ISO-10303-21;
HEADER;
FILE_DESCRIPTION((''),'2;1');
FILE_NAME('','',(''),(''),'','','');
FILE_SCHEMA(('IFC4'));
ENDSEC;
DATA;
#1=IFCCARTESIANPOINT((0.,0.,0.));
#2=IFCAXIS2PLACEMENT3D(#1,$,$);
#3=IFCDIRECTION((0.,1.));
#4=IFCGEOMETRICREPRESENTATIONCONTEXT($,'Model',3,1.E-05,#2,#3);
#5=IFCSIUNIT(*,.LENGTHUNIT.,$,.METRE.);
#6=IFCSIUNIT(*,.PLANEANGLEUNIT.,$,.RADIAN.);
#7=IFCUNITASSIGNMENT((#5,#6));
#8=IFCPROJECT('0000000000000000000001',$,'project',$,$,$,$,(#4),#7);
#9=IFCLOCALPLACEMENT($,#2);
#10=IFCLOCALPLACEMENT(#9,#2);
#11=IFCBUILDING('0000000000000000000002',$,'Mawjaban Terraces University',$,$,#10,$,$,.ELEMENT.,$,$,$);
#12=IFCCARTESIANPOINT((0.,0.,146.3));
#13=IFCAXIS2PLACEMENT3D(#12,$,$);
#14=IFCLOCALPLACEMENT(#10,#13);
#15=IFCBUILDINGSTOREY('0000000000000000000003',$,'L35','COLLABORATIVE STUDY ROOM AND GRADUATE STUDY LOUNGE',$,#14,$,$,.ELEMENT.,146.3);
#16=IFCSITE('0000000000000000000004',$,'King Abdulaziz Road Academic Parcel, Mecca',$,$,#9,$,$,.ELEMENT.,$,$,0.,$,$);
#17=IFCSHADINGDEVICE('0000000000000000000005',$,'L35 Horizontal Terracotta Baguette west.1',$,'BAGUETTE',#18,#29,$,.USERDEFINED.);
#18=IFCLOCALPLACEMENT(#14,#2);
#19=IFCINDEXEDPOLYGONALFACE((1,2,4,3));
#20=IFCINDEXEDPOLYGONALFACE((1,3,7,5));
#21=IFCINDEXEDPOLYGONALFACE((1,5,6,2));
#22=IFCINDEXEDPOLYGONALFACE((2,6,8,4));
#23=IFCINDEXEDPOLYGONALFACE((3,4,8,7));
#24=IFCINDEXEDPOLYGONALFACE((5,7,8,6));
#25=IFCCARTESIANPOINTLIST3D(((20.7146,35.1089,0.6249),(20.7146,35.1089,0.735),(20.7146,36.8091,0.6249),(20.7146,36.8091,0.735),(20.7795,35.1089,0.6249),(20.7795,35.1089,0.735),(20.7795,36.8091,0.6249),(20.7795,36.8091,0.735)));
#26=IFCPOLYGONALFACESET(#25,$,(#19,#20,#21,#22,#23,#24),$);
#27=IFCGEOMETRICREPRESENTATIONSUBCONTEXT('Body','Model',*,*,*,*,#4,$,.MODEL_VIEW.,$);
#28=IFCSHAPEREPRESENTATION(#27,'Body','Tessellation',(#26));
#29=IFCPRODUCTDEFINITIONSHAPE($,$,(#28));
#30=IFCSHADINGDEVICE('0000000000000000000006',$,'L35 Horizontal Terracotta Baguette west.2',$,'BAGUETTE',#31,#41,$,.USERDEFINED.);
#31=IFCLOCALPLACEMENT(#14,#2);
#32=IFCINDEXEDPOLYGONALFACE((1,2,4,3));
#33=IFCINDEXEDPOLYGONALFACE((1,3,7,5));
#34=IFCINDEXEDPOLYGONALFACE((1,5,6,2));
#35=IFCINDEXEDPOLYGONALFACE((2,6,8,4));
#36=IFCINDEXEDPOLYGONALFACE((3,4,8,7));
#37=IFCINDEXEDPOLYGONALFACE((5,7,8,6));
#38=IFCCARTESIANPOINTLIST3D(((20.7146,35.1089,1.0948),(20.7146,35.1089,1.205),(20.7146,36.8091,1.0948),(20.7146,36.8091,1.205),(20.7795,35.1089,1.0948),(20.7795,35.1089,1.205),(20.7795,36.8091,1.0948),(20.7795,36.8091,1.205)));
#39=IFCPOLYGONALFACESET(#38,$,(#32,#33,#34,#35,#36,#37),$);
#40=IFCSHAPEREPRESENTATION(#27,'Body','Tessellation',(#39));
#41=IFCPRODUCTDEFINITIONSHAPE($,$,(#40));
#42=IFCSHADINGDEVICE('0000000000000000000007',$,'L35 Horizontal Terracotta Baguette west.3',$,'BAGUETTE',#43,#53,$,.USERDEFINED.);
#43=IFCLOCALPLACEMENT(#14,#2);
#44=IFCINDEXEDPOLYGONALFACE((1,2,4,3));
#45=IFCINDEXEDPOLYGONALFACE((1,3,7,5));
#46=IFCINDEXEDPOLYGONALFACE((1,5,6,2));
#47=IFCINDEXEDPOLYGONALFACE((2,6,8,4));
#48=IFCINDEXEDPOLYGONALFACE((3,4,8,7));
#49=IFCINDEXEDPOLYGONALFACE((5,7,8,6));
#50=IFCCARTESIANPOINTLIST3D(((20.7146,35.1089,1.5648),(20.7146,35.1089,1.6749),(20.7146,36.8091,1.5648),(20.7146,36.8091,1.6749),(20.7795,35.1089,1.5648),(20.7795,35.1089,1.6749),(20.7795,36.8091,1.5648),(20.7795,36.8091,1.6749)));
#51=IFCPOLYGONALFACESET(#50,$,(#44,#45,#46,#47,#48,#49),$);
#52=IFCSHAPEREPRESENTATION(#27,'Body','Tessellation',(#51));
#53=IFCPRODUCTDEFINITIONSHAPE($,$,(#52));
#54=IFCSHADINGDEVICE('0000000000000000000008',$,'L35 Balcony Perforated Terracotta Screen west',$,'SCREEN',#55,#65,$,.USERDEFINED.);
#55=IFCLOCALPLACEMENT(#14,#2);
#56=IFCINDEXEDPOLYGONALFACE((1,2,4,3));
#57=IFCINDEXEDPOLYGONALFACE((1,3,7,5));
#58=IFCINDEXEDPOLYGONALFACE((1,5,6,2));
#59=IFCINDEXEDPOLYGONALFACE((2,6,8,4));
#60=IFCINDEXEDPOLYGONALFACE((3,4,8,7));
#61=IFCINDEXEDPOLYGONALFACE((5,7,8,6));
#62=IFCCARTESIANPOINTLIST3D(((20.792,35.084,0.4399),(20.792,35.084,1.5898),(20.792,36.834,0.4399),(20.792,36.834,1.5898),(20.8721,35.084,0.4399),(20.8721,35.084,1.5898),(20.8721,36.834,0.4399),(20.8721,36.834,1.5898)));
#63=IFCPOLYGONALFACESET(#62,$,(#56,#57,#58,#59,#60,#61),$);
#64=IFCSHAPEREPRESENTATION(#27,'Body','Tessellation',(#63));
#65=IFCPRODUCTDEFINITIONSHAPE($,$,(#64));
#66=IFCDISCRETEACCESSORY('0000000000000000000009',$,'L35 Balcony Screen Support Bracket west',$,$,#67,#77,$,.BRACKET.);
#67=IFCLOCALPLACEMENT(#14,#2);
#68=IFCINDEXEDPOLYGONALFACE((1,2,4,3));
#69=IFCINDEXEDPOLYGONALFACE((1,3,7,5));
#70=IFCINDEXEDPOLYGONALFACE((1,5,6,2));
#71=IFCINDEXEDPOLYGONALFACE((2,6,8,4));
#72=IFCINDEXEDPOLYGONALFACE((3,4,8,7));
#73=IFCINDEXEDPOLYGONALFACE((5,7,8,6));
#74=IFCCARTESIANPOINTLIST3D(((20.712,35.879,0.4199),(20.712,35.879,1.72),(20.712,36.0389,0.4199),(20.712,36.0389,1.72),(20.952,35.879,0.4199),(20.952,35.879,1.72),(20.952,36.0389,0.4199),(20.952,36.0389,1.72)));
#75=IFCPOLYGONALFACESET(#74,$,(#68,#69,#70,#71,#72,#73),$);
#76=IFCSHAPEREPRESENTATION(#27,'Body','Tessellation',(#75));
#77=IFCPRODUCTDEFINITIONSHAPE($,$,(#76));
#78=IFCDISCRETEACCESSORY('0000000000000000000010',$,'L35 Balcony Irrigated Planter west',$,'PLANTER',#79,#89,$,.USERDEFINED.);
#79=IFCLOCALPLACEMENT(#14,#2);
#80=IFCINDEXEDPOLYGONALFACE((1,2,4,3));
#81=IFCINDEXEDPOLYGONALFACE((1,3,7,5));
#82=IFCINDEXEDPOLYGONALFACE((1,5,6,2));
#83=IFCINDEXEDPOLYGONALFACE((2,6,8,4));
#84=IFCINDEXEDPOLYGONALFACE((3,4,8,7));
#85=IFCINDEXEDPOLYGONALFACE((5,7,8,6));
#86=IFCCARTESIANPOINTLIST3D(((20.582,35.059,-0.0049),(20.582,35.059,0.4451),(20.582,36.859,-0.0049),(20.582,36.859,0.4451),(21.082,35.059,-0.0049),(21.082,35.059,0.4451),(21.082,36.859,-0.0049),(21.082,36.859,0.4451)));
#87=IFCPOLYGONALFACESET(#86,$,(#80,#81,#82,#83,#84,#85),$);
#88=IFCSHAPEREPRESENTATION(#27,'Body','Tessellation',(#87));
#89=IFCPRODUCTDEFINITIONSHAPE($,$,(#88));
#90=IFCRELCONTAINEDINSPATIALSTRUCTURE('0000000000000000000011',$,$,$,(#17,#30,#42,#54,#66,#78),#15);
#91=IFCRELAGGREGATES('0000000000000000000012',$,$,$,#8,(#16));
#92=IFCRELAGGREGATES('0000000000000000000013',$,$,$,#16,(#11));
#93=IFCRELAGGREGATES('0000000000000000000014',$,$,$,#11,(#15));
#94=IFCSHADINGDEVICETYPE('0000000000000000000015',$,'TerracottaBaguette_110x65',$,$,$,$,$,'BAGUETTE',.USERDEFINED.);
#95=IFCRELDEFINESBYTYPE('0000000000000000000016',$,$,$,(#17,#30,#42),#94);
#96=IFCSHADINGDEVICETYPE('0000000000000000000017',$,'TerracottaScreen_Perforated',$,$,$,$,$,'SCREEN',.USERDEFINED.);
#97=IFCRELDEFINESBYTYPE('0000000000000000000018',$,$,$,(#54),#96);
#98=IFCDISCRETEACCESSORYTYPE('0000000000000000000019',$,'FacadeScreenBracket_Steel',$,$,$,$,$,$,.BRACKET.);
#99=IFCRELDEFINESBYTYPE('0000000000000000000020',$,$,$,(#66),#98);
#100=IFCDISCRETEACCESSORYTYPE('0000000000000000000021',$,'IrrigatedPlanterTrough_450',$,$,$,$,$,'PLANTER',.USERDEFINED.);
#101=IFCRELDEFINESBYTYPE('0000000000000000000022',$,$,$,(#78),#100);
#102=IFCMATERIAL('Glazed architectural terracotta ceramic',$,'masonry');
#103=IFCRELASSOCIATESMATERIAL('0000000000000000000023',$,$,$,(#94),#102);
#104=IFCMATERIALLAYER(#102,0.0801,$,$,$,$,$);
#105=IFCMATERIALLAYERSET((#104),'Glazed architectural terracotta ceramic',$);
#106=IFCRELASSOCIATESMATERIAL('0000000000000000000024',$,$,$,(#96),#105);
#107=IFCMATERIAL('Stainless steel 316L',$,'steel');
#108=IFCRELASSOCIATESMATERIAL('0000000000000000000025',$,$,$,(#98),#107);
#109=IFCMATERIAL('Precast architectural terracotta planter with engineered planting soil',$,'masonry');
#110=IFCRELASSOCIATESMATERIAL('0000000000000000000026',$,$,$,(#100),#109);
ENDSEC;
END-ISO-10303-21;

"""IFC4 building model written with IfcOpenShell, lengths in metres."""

from ifc_helpers import new_model, si_unit, direction, frame, origin, origin_2d, place, context, subcontext, project, spatial, rectangle, extrude, material, layer, layer_set, material_profile, profile_set, type_object, element, save


model = new_model("IFC4")

# Units and contexts
model_context = context("Model", 3, precision=1e-05, world=origin(), true_north=direction((0.0, 1.0)))
body_context = subcontext(model_context, "Body", "Model", "MODEL_VIEW")
ifc_project = project(units=[si_unit("LENGTHUNIT", "METRE"), si_unit("PLANEANGLEUNIT", "RADIAN")], contexts=[model_context])

# Site, building, storey
site_placement = place(None, origin())
site = spatial("IfcSite", under=ifc_project, at=site_placement, Name="King Abdulaziz Road Academic Parcel, Mecca", CompositionType="ELEMENT", RefElevation=0.0)
building_placement = place(site_placement, origin())
building = spatial("IfcBuilding", under=site, at=building_placement, Name="Mawjaban Terraces University", CompositionType="ELEMENT")
storey_placement = place(building_placement, frame((0.0, 0.0, 146.3)))
storey = spatial("IfcBuildingStorey", under=building, at=storey_placement, Name="L35", Description="COLLABORATIVE STUDY ROOM AND GRADUATE STUDY LOUNGE", CompositionType="ELEMENT", Elevation=146.3)

# Shading devices
ifc_material_1 = material(Name="Glazed architectural terracotta ceramic", Category="masonry")
ifc_material_profile_1 = material_profile(ifc_material_1, rectangle(XDim=0.0649, YDim=0.1101, at=origin_2d()), Name="TBAG110X65")
ifc_profile_set_1 = profile_set([ifc_material_profile_1], Name="Glazed architectural terracotta ceramic")
shading_device_type_1 = type_object("IfcShadingDeviceType", Name="TerracottaBaguette_110x65", ElementType="BAGUETTE", PredefinedType="USERDEFINED", material=ifc_profile_set_1)
for number, where, z_axis, x_axis, name in (
    (1, (20.7471, 35.1089, 0.6799), (0.0, 1.0, 0.0), (-1.0, 0.0, 0.0), "L35 Horizontal Terracotta Baguette west.1"),
    (2, (20.7471, 35.1089, 1.1499), (0.0, 1.0, 0.0), (-1.0, 0.0, 0.0), "L35 Horizontal Terracotta Baguette west.2"),
    (3, (20.7471, 35.1089, 1.6199), (0.0, 1.0, 0.0), (-1.0, 0.0, 0.0), "L35 Horizontal Terracotta Baguette west.3"),
):
    element("IfcShadingDevice", number, at=place(storey_placement, frame(where, z_axis=z_axis, x_axis=x_axis)), inside=storey, type_object=shading_device_type_1, Name=name, ObjectType="BAGUETTE", PredefinedType="USERDEFINED", context=body_context, shape_type="SweptSolid", body=[
        extrude(rectangle(XDim=0.0649, YDim=0.1101, at=origin_2d()), origin(), (0.0, 0.0, 1.0), 1.7002),
    ])
ifc_layer_1 = layer(ifc_material_1, 0.0801)
ifc_layer_set_1 = layer_set([ifc_layer_1], Name="Glazed architectural terracotta ceramic")
shading_device_type_2 = type_object("IfcShadingDeviceType", Name="TerracottaScreen_Perforated", ElementType="SCREEN", PredefinedType="USERDEFINED", material=ifc_layer_set_1)
shading_device_placement = place(storey_placement, frame((20.832, 35.959, 0.4399), z_axis=(0.0, 0.0, 1.0), x_axis=(0.0, 1.0, 0.0)))
element("IfcShadingDevice", 4, at=shading_device_placement, inside=storey, type_object=shading_device_type_2, Name="L35 Balcony Perforated Terracotta Screen west", ObjectType="SCREEN", PredefinedType="USERDEFINED", context=body_context, shape_type="SweptSolid", body=[
    extrude(rectangle(XDim=1.75, YDim=0.0801, at=origin_2d()), origin(), (0.0, 0.0, 1.0), 1.1499),
])

# Discrete accessories
ifc_material_2 = material(Name="Stainless steel 316L", Category="steel")
discrete_accessory_type_1 = type_object("IfcDiscreteAccessoryType", Name="FacadeScreenBracket_Steel", PredefinedType="BRACKET", material=ifc_material_2)
discrete_accessory_1_placement = place(storey_placement, frame((20.832, 35.959, 0.4199), z_axis=(0.0, 0.0, 1.0), x_axis=(0.0, 1.0, 0.0)))
element("IfcDiscreteAccessory", 5, at=discrete_accessory_1_placement, inside=storey, type_object=discrete_accessory_type_1, Name="L35 Balcony Screen Support Bracket west", PredefinedType="BRACKET", context=body_context, shape_type="SweptSolid", body=[
    extrude(rectangle(XDim=0.1599, YDim=0.24, at=origin_2d()), origin(), (0.0, 0.0, 1.0), 1.3),
])
ifc_material_3 = material(Name="Precast architectural terracotta planter with engineered planting soil", Category="masonry")
discrete_accessory_type_2 = type_object("IfcDiscreteAccessoryType", Name="IrrigatedPlanterTrough_450", ElementType="PLANTER", PredefinedType="USERDEFINED", material=ifc_material_3)
discrete_accessory_2_placement = place(storey_placement, frame((20.832, 35.959, -0.0049), z_axis=(0.0, 0.0, 1.0), x_axis=(0.0, 1.0, 0.0)))
element("IfcDiscreteAccessory", 6, at=discrete_accessory_2_placement, inside=storey, type_object=discrete_accessory_type_2, Name="L35 Balcony Irrigated Planter west", ObjectType="PLANTER", PredefinedType="USERDEFINED", context=body_context, shape_type="SweptSolid", body=[
    extrude(rectangle(XDim=1.8, YDim=0.5, at=origin_2d()), origin(), (0.0, 0.0, 1.0), 0.45),
])

save(model, "model.ifc")
